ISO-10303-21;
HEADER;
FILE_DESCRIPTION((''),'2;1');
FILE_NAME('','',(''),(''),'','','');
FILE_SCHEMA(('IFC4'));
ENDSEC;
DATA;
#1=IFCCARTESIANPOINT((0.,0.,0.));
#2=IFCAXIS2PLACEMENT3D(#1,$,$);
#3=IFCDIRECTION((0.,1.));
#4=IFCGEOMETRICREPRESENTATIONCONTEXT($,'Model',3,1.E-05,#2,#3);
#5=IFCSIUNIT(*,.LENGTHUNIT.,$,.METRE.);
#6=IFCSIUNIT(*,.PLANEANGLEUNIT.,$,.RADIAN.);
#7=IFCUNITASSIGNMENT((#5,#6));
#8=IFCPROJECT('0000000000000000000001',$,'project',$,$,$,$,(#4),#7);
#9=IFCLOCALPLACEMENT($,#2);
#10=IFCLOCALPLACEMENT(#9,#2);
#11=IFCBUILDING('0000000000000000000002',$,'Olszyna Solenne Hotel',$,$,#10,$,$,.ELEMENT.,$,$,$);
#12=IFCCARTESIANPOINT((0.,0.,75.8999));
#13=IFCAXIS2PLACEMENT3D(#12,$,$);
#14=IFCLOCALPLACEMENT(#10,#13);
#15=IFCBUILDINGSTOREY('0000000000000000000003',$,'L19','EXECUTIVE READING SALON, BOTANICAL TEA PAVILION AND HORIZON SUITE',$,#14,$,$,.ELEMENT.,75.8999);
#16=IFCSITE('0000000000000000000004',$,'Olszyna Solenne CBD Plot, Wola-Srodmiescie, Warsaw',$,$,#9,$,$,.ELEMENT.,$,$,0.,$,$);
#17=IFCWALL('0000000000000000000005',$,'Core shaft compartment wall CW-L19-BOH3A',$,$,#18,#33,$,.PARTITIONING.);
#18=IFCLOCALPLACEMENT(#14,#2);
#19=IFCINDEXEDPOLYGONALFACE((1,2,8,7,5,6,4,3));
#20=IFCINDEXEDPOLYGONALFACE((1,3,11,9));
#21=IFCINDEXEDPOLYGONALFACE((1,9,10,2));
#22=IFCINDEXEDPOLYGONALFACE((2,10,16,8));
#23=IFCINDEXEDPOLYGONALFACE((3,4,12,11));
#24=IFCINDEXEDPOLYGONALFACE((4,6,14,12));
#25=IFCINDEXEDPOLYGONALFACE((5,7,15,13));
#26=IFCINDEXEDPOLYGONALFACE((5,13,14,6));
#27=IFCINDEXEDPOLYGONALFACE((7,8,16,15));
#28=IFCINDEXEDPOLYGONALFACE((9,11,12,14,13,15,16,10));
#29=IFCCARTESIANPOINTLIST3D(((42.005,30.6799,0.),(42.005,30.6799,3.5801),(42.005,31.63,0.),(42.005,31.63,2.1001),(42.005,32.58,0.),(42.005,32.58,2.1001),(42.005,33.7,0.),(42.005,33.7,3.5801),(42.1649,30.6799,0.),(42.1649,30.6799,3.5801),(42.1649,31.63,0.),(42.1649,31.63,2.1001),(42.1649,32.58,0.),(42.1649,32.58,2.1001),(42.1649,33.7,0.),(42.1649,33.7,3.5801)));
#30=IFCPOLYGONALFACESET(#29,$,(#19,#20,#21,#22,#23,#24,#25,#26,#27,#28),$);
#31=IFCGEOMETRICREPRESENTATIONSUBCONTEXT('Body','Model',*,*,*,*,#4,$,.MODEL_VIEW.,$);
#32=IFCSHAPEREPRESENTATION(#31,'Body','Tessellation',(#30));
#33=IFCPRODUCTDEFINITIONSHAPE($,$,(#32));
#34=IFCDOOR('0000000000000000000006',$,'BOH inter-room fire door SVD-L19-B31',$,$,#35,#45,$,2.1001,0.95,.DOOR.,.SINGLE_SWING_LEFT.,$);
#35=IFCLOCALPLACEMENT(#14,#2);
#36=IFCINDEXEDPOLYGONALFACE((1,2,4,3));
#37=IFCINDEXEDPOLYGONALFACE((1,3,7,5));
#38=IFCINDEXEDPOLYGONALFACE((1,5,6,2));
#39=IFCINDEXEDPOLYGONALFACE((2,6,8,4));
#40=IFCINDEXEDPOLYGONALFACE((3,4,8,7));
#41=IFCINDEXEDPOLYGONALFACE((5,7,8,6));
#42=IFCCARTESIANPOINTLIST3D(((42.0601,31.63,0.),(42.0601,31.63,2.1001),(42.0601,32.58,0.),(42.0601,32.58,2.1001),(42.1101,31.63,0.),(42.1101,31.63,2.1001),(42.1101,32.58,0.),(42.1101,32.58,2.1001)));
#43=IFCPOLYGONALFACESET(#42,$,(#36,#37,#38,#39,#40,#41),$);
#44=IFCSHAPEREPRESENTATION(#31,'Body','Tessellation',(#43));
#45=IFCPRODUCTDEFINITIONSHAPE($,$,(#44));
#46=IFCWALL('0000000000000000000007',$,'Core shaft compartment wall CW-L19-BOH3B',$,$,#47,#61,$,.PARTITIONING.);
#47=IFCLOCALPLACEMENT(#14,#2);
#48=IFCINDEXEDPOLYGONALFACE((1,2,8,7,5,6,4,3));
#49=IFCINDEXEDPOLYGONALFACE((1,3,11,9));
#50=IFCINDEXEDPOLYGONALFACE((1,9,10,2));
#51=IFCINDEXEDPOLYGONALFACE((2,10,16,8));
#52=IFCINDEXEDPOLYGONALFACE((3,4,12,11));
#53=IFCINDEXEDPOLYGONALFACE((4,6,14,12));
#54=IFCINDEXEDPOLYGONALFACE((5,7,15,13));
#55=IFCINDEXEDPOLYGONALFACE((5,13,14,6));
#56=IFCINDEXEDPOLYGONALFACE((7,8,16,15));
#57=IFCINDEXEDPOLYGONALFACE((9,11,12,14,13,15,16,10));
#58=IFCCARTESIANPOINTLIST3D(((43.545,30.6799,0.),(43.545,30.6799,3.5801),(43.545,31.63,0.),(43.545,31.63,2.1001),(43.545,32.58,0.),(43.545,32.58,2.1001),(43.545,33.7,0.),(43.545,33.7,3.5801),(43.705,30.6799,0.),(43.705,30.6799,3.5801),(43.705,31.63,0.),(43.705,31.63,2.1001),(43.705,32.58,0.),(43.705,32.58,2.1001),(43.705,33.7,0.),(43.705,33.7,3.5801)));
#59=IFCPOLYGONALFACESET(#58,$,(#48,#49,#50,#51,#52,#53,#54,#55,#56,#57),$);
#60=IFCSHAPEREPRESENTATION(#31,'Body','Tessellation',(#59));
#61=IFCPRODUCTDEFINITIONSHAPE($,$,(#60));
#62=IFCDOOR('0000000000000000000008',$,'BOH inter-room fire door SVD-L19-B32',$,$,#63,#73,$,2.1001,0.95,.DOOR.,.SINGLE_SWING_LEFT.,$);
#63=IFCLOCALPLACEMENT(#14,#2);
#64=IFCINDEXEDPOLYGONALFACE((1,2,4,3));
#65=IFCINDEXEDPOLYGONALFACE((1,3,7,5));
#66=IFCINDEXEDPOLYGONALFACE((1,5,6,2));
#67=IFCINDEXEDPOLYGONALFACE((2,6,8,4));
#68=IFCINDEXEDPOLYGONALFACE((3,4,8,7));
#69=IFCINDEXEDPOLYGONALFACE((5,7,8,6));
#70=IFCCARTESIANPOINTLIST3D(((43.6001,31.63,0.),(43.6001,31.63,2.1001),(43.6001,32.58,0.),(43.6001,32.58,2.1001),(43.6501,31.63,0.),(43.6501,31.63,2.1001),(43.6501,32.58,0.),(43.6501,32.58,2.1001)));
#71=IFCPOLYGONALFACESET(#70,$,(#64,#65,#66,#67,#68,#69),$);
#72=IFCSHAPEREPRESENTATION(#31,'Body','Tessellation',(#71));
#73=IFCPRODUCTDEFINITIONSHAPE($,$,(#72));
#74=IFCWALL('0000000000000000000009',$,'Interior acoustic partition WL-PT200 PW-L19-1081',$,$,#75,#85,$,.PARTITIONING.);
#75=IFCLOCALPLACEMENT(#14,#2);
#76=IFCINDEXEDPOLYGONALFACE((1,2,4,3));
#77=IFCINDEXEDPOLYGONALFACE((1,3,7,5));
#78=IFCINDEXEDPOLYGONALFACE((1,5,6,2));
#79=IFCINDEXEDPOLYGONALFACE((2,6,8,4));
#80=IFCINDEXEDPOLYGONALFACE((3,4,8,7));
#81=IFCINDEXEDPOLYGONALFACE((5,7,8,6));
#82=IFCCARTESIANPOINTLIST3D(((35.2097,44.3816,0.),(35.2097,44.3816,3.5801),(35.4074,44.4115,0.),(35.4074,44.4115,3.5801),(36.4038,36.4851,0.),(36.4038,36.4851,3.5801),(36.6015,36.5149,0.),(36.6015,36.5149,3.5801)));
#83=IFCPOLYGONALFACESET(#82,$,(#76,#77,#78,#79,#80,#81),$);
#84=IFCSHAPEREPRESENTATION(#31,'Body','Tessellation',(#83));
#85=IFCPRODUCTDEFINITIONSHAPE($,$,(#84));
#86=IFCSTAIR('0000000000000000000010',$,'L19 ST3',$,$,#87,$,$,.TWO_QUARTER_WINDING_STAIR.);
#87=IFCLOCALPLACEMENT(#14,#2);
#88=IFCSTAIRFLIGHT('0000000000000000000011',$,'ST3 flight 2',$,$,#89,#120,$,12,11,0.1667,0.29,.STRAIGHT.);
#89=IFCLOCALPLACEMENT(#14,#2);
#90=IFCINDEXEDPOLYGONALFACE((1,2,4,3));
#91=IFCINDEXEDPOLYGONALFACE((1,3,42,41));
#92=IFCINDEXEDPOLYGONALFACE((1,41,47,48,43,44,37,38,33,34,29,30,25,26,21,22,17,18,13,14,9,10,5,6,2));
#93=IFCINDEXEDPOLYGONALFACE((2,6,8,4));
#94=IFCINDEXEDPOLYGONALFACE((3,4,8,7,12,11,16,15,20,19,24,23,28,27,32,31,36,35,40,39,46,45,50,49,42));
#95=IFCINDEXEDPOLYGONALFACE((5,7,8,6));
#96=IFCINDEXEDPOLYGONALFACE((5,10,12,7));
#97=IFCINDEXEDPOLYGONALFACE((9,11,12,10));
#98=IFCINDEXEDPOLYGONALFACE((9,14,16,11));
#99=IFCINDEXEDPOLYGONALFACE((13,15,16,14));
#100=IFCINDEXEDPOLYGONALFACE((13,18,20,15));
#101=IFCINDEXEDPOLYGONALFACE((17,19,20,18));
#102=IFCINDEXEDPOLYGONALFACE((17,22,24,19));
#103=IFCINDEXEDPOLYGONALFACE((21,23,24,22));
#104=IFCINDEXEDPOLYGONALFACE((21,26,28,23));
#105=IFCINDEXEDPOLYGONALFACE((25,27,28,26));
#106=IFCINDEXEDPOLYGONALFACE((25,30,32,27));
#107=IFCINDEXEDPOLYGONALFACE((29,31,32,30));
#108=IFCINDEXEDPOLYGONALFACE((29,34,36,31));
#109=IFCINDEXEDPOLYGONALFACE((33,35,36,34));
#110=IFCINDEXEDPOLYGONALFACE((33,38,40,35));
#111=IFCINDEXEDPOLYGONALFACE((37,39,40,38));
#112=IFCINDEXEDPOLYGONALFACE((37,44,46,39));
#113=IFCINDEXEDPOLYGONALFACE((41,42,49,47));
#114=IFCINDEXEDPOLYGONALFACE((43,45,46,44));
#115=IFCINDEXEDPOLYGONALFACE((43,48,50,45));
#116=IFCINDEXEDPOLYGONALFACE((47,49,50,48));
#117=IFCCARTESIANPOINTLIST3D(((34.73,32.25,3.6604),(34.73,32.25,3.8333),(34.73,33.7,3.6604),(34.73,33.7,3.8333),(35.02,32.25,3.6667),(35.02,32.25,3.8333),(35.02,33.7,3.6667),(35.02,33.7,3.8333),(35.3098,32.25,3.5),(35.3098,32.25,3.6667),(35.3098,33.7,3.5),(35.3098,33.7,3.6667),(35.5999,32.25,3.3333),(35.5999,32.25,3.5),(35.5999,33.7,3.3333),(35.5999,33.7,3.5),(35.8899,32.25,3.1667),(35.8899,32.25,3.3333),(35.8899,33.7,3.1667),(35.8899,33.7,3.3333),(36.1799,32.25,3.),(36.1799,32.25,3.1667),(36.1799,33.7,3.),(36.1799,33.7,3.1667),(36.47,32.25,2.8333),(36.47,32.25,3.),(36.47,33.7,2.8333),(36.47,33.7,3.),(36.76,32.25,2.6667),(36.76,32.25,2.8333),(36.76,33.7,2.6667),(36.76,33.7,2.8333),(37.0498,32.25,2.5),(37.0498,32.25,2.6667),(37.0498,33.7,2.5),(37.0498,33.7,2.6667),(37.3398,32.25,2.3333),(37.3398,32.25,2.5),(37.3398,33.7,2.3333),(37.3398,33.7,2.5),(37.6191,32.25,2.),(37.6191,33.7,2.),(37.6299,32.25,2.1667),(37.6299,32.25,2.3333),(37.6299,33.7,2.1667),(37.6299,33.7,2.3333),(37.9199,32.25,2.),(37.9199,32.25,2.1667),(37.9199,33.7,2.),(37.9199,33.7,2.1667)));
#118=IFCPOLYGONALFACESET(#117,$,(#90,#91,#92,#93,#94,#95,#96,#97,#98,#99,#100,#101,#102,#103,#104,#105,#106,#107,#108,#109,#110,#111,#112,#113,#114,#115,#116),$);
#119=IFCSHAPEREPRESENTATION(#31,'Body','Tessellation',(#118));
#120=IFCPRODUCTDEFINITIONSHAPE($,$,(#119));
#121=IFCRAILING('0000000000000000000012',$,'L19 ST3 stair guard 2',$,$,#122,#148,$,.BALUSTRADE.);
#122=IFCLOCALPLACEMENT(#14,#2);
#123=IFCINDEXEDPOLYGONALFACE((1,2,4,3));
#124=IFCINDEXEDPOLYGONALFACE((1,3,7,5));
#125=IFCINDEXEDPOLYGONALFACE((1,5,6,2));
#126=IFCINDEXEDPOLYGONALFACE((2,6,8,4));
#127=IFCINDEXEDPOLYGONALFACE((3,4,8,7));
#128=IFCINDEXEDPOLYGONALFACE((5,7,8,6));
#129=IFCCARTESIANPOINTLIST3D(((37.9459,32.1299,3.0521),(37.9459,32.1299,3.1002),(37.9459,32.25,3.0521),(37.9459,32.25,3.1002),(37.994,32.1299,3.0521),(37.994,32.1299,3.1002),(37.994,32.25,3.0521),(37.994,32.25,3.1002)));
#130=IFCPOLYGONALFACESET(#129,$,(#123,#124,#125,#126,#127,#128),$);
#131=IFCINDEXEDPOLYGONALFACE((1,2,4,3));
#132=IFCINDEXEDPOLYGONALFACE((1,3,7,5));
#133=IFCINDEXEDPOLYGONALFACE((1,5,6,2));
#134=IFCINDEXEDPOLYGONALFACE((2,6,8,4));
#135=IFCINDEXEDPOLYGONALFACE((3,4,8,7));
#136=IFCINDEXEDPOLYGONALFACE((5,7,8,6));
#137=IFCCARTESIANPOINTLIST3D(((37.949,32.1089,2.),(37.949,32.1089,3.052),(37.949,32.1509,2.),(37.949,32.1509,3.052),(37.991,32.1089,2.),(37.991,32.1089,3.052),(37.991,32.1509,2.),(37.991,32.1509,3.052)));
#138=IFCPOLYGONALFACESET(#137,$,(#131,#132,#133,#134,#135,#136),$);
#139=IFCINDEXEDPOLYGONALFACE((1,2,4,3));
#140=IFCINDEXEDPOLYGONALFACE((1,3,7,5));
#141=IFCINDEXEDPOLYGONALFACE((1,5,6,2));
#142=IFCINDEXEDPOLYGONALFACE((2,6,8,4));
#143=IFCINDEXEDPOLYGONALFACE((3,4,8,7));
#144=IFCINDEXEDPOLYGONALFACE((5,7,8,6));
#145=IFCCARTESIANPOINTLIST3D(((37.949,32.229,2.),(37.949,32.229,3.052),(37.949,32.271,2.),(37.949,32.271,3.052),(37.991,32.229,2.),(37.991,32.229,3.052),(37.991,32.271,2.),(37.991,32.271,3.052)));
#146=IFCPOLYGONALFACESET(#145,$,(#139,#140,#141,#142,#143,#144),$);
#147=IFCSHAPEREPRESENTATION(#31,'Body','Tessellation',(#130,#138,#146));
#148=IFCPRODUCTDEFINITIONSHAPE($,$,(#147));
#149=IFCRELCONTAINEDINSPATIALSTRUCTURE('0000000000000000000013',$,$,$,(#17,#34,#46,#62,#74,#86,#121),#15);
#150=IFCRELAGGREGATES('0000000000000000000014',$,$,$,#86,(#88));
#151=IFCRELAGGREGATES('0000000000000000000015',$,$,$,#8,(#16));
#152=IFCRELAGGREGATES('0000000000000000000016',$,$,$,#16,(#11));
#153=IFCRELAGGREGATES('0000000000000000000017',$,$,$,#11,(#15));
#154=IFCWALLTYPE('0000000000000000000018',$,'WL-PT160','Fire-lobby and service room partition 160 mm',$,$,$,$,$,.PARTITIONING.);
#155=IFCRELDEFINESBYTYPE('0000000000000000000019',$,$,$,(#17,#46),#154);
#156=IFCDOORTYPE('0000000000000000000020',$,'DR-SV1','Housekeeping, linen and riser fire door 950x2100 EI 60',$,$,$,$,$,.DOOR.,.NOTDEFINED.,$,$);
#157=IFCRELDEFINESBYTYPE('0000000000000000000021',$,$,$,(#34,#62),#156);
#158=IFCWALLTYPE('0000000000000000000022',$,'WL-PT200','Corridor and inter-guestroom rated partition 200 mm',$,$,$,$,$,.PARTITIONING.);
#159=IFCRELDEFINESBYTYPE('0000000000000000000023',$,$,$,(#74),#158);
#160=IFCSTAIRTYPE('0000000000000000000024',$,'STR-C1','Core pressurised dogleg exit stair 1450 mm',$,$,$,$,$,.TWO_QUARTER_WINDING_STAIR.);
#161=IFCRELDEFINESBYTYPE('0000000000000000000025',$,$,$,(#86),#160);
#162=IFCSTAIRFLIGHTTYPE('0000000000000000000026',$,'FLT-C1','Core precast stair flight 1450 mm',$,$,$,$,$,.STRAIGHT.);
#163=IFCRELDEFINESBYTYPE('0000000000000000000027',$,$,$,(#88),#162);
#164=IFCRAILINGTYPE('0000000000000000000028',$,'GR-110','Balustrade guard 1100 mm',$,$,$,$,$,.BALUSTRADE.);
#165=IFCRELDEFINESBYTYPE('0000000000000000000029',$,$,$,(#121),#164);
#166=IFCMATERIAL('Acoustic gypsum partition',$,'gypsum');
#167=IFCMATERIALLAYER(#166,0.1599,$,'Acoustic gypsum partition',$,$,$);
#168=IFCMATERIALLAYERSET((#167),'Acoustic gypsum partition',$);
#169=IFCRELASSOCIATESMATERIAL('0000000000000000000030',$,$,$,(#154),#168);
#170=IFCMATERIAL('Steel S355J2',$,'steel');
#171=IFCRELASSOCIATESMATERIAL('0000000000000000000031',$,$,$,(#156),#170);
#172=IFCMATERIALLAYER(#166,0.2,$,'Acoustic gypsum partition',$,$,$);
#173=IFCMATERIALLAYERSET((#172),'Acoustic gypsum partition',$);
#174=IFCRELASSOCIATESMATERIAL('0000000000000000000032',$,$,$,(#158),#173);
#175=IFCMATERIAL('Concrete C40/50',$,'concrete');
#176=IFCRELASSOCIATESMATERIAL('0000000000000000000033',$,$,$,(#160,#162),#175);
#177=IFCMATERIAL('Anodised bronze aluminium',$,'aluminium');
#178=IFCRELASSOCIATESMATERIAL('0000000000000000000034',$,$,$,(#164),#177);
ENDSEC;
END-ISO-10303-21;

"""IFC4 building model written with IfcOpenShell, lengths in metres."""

from ifc_helpers import new_model, si_unit, direction, frame, frame_2d, origin, origin_2d, place, context, subcontext, project, spatial, polyline, rectangle, outline, extrude, source, transform, mapped, material, layer, layer_set, type_object, type_shapes, element, fill, aggregate, save


model = new_model("IFC4")

# Units and contexts
model_context = context("Model", 3, precision=1e-05, world=origin(), true_north=direction((0.0, 1.0)))
body_context = subcontext(model_context, "Body", "Model", "MODEL_VIEW")
ifc_project = project(units=[si_unit("LENGTHUNIT", "METRE"), si_unit("PLANEANGLEUNIT", "RADIAN")], contexts=[model_context])

# Site, building, storey
site_placement = place(None, origin())
site = spatial("IfcSite", under=ifc_project, at=site_placement, Name="Olszyna Solenne CBD Plot, Wola-Srodmiescie, Warsaw", CompositionType="ELEMENT", RefElevation=0.0)
building_placement = place(site_placement, origin())
building = spatial("IfcBuilding", under=site, at=building_placement, Name="Olszyna Solenne Hotel", CompositionType="ELEMENT")
storey_placement = place(building_placement, frame((0.0, 0.0, 75.8999)))
storey = spatial("IfcBuildingStorey", under=building, at=storey_placement, Name="L19", Description="EXECUTIVE READING SALON, BOTANICAL TEA PAVILION AND HORIZON SUITE", CompositionType="ELEMENT", Elevation=75.8999)

# Shared definitions
ifc_material_1 = material(Name="Steel S355J2", Category="steel")

# Shared definitions
ifc_material_2 = material(Name="Acoustic gypsum partition", Category="gypsum")

# Shared definitions
ifc_layer_1 = layer(ifc_material_2, 0.1599, Name="Acoustic gypsum partition")
ifc_layer_set_1 = layer_set([ifc_layer_1], Name="Acoustic gypsum partition")
wall_type_1 = type_object("IfcWallType", Name="WL-PT160", Description="Fire-lobby and service room partition 160 mm", PredefinedType="PARTITIONING", material=ifc_layer_set_1)

# Walls, openings, doors
wall_1_placement = place(storey_placement, frame((42.085, 30.6799, 0.0), z_axis=(0.0, 0.0, 1.0), x_axis=(0.0, 1.0, 0.0)))
wall_1 = element("IfcWall", 1, at=wall_1_placement, inside=storey, type_object=wall_type_1, Name="Core shaft compartment wall CW-L19-BOH3A", PredefinedType="PARTITIONING", context=body_context, shape_type="SweptSolid", body=[
    extrude(rectangle(XDim=3.02, YDim=0.1599, at=frame_2d((1.51, 0.0))), origin(), (0.0, 0.0, 1.0), 3.5801),
])
opening_1_placement = place(wall_1_placement, frame((0.95, 0.0, 0.0)))
opening_1 = element("IfcOpeningElement", 2, at=opening_1_placement, cuts=wall_1, PredefinedType="OPENING", context=body_context, shape_type="SweptSolid", body=[
    extrude(rectangle(XDim=0.95, YDim=2.1001, at=frame_2d((0.4751, 1.05))), frame((0.0, 0.0898, 0.0), z_axis=(0.0, -1.0, 0.0), x_axis=(1.0, 0.0, 0.0)), (0.0, 0.0, 1.0), 0.1799),
])
door_type_1 = type_object("IfcDoorType", Name="DR-SV1", Description="Housekeeping, linen and riser fire door 950x2100 EI 60", OperationType="NOTDEFINED", PredefinedType="DOOR", material=ifc_material_1)
shared_shape_1 = source(origin(), body_context, "Body", "SweptSolid", [
    extrude(rectangle(XDim=0.95, YDim=2.1001, at=frame_2d((0.4751, 1.05))), frame((0.0, 0.0249, 0.0), z_axis=(0.0, -1.0, 0.0), x_axis=(1.0, 0.0, 0.0)), (0.0, 0.0, 1.0), 0.05),
])
type_shapes(door_type_1, [shared_shape_1])
door_1_placement = place(opening_1_placement, origin())
door_1 = element("IfcDoor", 3, at=door_1_placement, inside=storey, type_object=door_type_1, Name="BOH inter-room fire door SVD-L19-B31", OperationType="SINGLE_SWING_LEFT", OverallHeight=2.1001, OverallWidth=0.95, PredefinedType="DOOR", context=body_context, shape_type="MappedRepresentation", body=[
    mapped(shared_shape_1, transform((0.0, 0.0, 0.0), x_axis=(1.0, 0.0, 0.0), y_axis=(0.0, 1.0, 0.0), z_axis=(0.0, 0.0, 1.0), scale=1.0)),
])
fill(opening_1, door_1)
wall_2_placement = place(storey_placement, frame((43.625, 30.6799, 0.0), z_axis=(0.0, 0.0, 1.0), x_axis=(0.0, 1.0, 0.0)))
wall_2 = element("IfcWall", 4, at=wall_2_placement, inside=storey, type_object=wall_type_1, Name="Core shaft compartment wall CW-L19-BOH3B", PredefinedType="PARTITIONING", context=body_context, shape_type="SweptSolid", body=[
    extrude(rectangle(XDim=3.02, YDim=0.1599, at=frame_2d((1.51, 0.0))), origin(), (0.0, 0.0, 1.0), 3.5801),
])
opening_2_placement = place(wall_2_placement, frame((0.95, 0.0, 0.0)))
opening_2 = element("IfcOpeningElement", 5, at=opening_2_placement, cuts=wall_2, PredefinedType="OPENING", context=body_context, shape_type="SweptSolid", body=[
    extrude(rectangle(XDim=0.95, YDim=2.1001, at=frame_2d((0.4751, 1.05))), frame((0.0, 0.0898, 0.0), z_axis=(0.0, -1.0, 0.0), x_axis=(1.0, 0.0, 0.0)), (0.0, 0.0, 1.0), 0.1799),
])
door_2_placement = place(opening_2_placement, origin())
door_2 = element("IfcDoor", 6, at=door_2_placement, inside=storey, type_object=door_type_1, Name="BOH inter-room fire door SVD-L19-B32", OperationType="SINGLE_SWING_LEFT", OverallHeight=2.1001, OverallWidth=0.95, PredefinedType="DOOR", context=body_context, shape_type="MappedRepresentation", body=[
    mapped(shared_shape_1, transform((0.0, 0.0, 0.0), x_axis=(1.0, 0.0, 0.0), y_axis=(0.0, 1.0, 0.0), z_axis=(0.0, 0.0, 1.0), scale=1.0)),
])
fill(opening_2, door_2)

# Wall
ifc_layer_2 = layer(ifc_material_2, 0.2, Name="Acoustic gypsum partition")
ifc_layer_set_2 = layer_set([ifc_layer_2], Name="Acoustic gypsum partition")
wall_type_2 = type_object("IfcWallType", Name="WL-PT200", Description="Corridor and inter-guestroom rated partition 200 mm", PredefinedType="PARTITIONING", material=ifc_layer_set_2)
wall_3_placement = place(storey_placement, frame((36.5027, 36.5, 0.0), z_axis=(0.0, 0.0, 1.0), x_axis=(-0.149518, 0.988759, 0.0)))
element("IfcWall", 7, at=wall_3_placement, inside=storey, type_object=wall_type_2, Name="Interior acoustic partition WL-PT200 PW-L19-1081", PredefinedType="PARTITIONING", context=body_context, shape_type="SweptSolid", body=[
    extrude(rectangle(XDim=7.9863, YDim=0.2, at=frame_2d((3.9932, 0.0))), origin(), (0.0, 0.0, 1.0), 3.5801),
])

# Stair, stair flight
ifc_material_3 = material(Name="Concrete C40/50", Category="concrete")
stair_type = type_object("IfcStairType", Name="STR-C1", Description="Core pressurised dogleg exit stair 1450 mm", PredefinedType="TWO_QUARTER_WINDING_STAIR", material=ifc_material_3)
stair_placement = place(storey_placement, origin())
stair = element("IfcStair", 8, at=stair_placement, inside=storey, type_object=stair_type, Name="L19 ST3", PredefinedType="TWO_QUARTER_WINDING_STAIR")
stair_flight_type = type_object("IfcStairFlightType", Name="FLT-C1", Description="Core precast stair flight 1450 mm", PredefinedType="STRAIGHT", material=ifc_material_3)
stair_flight_placement = place(storey_placement, frame((37.9199, 32.9751, 2.0), z_axis=(0.0, 0.0, 1.0), x_axis=(-1.0, 0.0, 0.0)))
stair_flight = element("IfcStairFlight", 9, at=stair_flight_placement, type_object=stair_flight_type, Name="ST3 flight 2", NumberOfRisers=12, NumberOfTreads=11, PredefinedType="STRAIGHT", RiserHeight=0.1667, TreadLength=0.29, context=body_context, shape_type="SweptSolid", body=[
    extrude(outline(polyline([(0.0, 0.0), (0.0, 0.1667), (0.29, 0.1667), (0.29, 0.3333), (0.5801, 0.3333), (0.5801, 0.5), (0.8701, 0.5), (0.8701, 0.6667), (1.1599, 0.6667), (1.1599, 0.8333), (1.45, 0.8333), (1.45, 1.0), (1.74, 1.0), (1.74, 1.1667), (2.03, 1.1667), (2.03, 1.3333), (2.3201, 1.3333), (2.3201, 1.5), (2.6101, 1.5), (2.6101, 1.6667), (2.8999, 1.6667), (2.8999, 1.8333), (3.1899, 1.8333), (3.1899, 2.0), (3.1899, 1.6604), (0.3008, 0.0), (0.0, 0.0)])), frame((0.0, 0.7251, 0.0), z_axis=(0.0, -1.0, 0.0), x_axis=(1.0, 0.0, 0.0)), (0.0, 0.0, 1.0), 1.45),
])
aggregate(stair, [stair_flight])

# Railing
ifc_material_4 = material(Name="Anodised bronze aluminium", Category="aluminium")
railing_type_1 = type_object("IfcRailingType", Name="GR-110", Description="Balustrade guard 1100 mm", PredefinedType="BALUSTRADE", material=ifc_material_4)
railing_1_placement = place(storey_placement, frame((37.97, 32.1299, 2.0)))
element("IfcRailing", 10, at=railing_1_placement, inside=storey, type_object=railing_type_1, Name="L19 ST3 stair guard 2", PredefinedType="BALUSTRADE", context=body_context, shape_type="SweptSolid", body=[
    extrude(rectangle(XDim=0.0481, YDim=0.0481, at=origin_2d()), frame((0.0, 0.0, 1.0762), z_axis=(0.0, 1.0, 0.0), x_axis=(-1.0, 0.0, 0.0)), (0.0, 0.0, 1.0), 0.1201),
    extrude(rectangle(XDim=0.042, YDim=0.042, at=origin_2d()), origin(), (0.0, 0.0, 1.0), 1.052),
    extrude(rectangle(XDim=0.042, YDim=0.042, at=origin_2d()), frame((0.0, 0.1201, 0.0)), (0.0, 0.0, 1.0), 1.052),
])

save(model, "model.ifc")
